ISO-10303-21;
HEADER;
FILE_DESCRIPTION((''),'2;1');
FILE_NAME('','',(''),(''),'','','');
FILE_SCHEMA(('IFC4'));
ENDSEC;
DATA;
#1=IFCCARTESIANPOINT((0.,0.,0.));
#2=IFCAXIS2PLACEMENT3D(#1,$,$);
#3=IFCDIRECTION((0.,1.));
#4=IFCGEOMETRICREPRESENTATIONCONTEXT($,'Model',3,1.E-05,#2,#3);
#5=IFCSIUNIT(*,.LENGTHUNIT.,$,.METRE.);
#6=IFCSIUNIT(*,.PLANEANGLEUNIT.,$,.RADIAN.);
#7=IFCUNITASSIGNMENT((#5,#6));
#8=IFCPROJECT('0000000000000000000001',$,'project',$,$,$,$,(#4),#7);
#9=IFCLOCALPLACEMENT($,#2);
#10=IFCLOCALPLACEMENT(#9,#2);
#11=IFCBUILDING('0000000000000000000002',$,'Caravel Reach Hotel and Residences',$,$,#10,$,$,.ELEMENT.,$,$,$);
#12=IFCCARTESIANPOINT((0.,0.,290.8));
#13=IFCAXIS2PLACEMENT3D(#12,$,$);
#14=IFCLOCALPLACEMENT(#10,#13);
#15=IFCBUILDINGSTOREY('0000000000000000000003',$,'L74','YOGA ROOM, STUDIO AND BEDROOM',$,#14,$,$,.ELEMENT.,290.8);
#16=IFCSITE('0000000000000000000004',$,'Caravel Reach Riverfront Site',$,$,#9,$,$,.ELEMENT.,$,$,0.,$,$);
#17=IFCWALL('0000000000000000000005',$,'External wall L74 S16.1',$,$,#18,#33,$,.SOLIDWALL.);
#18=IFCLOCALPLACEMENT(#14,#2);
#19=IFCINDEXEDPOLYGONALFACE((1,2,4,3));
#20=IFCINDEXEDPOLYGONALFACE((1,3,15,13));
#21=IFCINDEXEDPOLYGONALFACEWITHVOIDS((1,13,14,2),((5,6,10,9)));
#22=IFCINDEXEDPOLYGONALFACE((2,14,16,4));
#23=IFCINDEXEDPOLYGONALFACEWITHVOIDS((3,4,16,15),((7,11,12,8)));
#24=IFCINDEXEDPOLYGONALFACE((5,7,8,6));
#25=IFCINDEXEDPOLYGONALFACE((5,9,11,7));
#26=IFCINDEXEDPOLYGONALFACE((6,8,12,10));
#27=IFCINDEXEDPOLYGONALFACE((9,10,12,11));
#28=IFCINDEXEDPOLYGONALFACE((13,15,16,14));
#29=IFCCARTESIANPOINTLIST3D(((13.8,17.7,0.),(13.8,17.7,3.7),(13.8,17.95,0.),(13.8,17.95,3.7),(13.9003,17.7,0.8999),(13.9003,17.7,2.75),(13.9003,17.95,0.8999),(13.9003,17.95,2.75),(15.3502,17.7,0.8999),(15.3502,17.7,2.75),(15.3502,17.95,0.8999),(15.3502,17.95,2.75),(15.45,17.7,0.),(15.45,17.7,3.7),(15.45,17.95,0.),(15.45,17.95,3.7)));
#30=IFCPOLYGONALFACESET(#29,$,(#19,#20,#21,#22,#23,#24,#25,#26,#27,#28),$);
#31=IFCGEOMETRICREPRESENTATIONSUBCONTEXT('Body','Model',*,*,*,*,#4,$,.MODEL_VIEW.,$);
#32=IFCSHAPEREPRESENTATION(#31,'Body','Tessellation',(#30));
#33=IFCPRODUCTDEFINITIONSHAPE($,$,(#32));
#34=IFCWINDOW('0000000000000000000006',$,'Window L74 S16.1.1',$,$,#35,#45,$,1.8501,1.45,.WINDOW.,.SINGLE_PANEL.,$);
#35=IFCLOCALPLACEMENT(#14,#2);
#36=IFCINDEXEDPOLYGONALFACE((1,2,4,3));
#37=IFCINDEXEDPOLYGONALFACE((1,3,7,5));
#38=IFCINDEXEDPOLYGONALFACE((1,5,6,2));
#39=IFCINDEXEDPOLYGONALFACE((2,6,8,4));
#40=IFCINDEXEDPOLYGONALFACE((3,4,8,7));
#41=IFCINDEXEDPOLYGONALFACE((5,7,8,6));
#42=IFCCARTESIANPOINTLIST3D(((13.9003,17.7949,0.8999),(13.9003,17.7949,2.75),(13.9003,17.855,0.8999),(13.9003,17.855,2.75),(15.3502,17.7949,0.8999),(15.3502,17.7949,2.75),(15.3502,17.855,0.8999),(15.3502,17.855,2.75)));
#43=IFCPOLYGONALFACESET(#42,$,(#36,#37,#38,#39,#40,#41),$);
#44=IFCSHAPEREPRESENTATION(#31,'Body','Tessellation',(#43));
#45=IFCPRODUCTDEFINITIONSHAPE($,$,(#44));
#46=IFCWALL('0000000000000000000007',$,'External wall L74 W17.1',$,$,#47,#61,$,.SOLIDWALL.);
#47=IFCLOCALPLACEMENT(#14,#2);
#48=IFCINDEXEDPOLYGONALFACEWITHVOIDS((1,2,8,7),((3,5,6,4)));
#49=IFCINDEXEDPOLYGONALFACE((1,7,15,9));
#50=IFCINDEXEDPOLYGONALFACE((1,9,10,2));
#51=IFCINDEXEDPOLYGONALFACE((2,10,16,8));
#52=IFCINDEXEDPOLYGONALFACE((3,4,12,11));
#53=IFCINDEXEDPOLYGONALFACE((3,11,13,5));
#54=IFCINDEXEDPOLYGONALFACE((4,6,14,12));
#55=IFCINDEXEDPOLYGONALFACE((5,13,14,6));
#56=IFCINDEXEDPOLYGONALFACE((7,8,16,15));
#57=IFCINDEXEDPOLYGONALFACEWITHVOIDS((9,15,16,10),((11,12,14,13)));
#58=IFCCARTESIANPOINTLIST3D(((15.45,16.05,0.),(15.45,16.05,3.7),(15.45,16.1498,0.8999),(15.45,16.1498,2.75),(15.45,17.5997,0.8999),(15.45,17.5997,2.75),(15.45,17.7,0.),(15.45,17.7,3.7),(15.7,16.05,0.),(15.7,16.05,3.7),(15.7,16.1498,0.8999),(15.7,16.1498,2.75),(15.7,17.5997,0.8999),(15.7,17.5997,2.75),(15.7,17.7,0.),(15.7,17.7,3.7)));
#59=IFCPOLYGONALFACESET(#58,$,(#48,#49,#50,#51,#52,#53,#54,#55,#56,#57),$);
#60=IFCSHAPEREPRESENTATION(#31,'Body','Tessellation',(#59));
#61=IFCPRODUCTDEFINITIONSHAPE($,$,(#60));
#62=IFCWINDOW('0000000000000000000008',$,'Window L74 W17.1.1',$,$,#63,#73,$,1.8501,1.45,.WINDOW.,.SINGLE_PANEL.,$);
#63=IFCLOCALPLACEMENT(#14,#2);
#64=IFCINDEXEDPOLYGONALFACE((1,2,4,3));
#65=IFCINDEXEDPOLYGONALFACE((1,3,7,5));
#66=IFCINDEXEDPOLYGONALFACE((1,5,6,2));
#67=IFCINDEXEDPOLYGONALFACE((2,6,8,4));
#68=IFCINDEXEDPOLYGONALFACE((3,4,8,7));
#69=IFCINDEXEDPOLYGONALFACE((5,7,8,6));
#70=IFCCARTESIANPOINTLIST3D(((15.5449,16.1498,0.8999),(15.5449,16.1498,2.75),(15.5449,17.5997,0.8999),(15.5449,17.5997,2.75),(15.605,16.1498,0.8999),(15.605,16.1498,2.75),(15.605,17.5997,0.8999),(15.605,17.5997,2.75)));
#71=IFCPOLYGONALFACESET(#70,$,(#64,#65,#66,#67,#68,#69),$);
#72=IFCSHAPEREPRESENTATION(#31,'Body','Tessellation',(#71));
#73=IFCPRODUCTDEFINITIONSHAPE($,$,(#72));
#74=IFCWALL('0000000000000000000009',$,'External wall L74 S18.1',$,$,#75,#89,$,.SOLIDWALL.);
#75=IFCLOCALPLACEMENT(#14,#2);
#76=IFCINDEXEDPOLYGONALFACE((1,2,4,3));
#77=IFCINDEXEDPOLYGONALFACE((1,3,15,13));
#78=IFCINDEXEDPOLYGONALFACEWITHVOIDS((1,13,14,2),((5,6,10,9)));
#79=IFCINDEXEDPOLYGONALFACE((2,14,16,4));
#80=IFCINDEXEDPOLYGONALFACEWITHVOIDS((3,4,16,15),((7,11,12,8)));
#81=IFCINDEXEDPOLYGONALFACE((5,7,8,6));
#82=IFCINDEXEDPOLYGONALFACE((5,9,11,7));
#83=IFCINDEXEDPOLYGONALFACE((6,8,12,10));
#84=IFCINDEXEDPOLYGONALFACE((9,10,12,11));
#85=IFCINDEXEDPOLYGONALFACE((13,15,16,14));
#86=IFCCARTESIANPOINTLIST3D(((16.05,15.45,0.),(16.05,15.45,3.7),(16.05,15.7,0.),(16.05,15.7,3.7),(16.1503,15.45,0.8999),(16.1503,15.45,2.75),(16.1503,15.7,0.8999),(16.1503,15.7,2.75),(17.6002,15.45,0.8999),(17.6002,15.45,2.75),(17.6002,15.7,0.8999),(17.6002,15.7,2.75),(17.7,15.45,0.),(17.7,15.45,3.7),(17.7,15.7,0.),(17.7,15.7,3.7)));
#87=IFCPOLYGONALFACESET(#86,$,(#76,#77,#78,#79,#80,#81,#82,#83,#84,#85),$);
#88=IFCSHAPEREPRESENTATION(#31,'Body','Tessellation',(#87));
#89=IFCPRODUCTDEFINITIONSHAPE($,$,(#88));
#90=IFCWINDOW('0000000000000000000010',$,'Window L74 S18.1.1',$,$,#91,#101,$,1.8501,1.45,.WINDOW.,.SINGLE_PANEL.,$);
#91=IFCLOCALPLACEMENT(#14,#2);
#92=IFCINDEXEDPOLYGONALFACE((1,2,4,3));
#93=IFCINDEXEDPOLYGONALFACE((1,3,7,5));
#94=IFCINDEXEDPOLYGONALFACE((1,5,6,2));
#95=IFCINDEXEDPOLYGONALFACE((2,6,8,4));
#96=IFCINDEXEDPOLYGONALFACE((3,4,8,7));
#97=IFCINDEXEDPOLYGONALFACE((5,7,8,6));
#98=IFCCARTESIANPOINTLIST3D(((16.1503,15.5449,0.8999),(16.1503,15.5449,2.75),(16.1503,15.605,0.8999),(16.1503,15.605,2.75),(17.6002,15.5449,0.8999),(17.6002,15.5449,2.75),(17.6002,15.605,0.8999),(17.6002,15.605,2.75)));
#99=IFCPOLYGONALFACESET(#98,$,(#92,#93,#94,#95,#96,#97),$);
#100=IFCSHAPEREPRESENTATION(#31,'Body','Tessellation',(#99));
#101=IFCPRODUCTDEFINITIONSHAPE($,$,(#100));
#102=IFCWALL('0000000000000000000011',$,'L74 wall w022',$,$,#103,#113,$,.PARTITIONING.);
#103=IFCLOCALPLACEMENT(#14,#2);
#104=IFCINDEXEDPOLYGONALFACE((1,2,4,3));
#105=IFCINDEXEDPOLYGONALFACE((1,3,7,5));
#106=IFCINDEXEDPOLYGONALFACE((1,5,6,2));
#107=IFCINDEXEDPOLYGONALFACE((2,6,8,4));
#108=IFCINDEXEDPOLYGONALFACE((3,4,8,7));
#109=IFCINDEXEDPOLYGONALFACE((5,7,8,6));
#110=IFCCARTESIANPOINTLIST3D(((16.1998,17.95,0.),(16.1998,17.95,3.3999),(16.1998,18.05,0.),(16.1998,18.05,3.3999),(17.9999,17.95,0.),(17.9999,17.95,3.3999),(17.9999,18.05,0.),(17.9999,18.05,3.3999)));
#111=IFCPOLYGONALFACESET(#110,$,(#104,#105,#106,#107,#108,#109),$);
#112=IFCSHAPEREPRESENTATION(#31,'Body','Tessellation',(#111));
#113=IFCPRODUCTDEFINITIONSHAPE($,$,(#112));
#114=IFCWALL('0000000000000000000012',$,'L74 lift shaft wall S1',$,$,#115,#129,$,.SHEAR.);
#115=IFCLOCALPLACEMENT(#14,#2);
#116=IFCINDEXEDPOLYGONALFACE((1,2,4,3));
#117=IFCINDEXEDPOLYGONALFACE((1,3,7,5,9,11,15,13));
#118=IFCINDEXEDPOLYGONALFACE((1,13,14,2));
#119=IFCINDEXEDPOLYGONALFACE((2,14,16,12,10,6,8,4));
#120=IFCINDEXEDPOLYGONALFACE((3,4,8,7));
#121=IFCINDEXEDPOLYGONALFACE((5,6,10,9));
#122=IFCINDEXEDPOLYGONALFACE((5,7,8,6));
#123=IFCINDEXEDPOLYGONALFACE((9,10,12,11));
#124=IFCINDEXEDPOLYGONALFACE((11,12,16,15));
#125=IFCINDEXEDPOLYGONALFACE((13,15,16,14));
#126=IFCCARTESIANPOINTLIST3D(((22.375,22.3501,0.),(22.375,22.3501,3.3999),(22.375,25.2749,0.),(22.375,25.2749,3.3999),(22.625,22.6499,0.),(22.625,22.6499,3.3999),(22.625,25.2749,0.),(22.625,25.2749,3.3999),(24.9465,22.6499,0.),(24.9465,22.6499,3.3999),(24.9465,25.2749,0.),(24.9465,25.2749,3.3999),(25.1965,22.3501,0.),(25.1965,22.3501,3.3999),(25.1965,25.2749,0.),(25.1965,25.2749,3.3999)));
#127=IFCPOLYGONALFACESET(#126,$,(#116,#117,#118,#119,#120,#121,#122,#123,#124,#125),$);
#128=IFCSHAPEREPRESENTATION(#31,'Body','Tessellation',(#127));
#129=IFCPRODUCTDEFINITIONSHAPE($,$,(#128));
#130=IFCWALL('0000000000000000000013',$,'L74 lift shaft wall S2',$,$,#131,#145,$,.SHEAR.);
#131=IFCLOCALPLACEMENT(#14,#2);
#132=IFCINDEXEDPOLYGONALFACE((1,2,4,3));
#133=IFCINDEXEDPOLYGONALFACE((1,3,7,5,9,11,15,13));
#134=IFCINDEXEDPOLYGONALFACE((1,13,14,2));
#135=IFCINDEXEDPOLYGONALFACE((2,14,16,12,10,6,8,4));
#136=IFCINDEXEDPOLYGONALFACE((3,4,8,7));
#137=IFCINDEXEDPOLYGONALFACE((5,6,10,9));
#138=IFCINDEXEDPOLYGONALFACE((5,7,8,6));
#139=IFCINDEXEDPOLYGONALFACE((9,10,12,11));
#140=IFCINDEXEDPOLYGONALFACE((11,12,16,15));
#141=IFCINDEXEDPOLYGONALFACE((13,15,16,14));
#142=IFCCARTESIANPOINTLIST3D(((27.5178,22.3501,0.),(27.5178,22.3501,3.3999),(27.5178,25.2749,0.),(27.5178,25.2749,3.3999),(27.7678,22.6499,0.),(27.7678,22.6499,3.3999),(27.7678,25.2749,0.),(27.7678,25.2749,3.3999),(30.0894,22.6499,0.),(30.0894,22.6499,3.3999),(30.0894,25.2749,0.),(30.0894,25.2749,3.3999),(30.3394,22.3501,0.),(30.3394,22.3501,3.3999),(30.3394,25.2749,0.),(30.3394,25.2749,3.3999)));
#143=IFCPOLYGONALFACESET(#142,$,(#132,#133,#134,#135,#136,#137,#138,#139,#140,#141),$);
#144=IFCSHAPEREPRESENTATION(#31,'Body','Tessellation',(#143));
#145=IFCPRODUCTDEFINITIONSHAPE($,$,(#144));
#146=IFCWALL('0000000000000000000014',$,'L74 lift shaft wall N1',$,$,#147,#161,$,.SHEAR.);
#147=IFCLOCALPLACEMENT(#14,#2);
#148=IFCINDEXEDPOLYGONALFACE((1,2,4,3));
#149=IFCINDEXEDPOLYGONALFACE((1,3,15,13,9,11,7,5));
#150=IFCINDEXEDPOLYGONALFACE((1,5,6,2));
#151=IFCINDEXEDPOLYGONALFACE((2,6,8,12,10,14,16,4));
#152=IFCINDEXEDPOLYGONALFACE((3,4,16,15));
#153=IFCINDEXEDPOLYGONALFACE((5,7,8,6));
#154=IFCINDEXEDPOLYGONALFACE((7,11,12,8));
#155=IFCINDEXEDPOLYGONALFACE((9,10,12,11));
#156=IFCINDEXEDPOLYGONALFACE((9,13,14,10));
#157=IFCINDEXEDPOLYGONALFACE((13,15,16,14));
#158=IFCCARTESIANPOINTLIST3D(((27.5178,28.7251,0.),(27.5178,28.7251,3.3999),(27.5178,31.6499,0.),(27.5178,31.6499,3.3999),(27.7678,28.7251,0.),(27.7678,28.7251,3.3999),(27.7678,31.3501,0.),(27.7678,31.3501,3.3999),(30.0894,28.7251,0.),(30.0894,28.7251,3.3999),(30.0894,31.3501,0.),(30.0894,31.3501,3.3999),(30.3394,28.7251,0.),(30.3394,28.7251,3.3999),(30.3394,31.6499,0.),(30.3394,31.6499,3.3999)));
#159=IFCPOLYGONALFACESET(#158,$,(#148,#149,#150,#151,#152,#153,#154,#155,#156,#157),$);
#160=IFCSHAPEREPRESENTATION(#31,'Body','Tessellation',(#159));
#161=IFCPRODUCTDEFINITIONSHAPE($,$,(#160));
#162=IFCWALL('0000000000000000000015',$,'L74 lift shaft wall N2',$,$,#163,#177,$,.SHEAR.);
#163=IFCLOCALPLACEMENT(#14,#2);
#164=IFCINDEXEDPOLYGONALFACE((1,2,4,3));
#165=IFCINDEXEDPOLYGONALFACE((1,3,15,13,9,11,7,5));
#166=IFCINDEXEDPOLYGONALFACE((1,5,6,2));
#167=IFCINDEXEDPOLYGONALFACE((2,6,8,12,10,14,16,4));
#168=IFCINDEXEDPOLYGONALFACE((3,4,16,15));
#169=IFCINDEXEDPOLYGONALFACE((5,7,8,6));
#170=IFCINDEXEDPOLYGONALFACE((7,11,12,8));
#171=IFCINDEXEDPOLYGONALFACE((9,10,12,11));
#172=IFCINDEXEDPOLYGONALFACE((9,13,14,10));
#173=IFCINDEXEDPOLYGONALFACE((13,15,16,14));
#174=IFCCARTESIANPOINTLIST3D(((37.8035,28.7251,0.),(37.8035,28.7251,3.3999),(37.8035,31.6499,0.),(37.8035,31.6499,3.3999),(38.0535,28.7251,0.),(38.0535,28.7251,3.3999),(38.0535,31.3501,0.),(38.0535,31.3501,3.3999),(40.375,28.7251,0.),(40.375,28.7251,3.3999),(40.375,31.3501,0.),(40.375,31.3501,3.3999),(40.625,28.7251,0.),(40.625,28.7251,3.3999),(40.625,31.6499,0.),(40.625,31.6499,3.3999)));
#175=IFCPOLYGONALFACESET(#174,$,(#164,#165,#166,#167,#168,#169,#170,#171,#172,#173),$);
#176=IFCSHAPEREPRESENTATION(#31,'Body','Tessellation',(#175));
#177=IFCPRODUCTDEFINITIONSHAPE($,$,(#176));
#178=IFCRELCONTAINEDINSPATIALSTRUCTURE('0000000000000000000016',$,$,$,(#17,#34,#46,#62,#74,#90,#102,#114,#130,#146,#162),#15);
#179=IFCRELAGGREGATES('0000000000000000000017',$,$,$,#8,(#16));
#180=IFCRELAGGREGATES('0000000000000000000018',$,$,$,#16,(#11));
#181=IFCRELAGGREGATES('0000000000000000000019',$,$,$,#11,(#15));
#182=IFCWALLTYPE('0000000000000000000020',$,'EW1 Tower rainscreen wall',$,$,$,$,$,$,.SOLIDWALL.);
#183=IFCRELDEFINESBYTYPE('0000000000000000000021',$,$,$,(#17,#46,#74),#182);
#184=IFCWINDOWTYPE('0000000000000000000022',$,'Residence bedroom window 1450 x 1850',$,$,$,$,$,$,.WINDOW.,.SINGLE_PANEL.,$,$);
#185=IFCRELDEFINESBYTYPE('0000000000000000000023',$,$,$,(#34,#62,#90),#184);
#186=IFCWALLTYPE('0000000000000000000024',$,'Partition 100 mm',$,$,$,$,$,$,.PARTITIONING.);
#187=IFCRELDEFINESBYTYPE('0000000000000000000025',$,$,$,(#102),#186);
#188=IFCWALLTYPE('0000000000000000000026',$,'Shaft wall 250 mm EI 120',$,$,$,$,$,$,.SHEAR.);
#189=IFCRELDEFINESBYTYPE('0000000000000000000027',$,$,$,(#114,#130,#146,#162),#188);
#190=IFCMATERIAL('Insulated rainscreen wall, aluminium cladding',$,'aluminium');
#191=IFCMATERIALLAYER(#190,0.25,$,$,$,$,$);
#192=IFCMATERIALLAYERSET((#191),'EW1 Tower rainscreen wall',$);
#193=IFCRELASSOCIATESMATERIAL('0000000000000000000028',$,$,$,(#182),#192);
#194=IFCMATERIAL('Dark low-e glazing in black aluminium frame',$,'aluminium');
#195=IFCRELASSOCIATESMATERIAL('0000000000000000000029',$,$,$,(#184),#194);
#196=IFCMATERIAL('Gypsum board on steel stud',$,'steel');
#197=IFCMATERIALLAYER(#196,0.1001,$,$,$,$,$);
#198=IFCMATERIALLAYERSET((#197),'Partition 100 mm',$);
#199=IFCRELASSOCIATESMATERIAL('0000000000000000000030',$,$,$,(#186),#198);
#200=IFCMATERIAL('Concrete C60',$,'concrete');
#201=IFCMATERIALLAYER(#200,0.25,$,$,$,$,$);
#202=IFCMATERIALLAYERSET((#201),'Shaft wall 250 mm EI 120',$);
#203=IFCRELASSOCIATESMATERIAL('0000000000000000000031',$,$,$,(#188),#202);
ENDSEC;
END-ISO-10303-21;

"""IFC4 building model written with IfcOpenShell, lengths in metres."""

from ifc_helpers import new_model, si_unit, direction, frame, frame_2d, origin, place, context, subcontext, project, spatial, polyline, rectangle, outline, extrude, material, layer, layer_set, type_object, element, fill, save


model = new_model("IFC4")

# Units and contexts
model_context = context("Model", 3, precision=1e-05, world=origin(), true_north=direction((0.0, 1.0)))
body_context = subcontext(model_context, "Body", "Model", "MODEL_VIEW")
ifc_project = project(units=[si_unit("LENGTHUNIT", "METRE"), si_unit("PLANEANGLEUNIT", "RADIAN")], contexts=[model_context])

# Site, building, storey
site_placement = place(None, origin())
site = spatial("IfcSite", under=ifc_project, at=site_placement, Name="Caravel Reach Riverfront Site", CompositionType="ELEMENT", RefElevation=0.0)
building_placement = place(site_placement, origin())
building = spatial("IfcBuilding", under=site, at=building_placement, Name="Caravel Reach Hotel and Residences", CompositionType="ELEMENT")
storey_placement = place(building_placement, frame((0.0, 0.0, 290.8)))
storey = spatial("IfcBuildingStorey", under=building, at=storey_placement, Name="L74", Description="YOGA ROOM, STUDIO AND BEDROOM", CompositionType="ELEMENT", Elevation=290.8)

# Walls, openings, windows
ifc_material_1 = material(Name="Insulated rainscreen wall, aluminium cladding", Category="aluminium")
ifc_layer_1 = layer(ifc_material_1, 0.25)
ifc_layer_set_1 = layer_set([ifc_layer_1], Name="EW1 Tower rainscreen wall")
wall_type_1 = type_object("IfcWallType", Name="EW1 Tower rainscreen wall", PredefinedType="SOLIDWALL", material=ifc_layer_set_1)
wall_1_placement = place(storey_placement, frame((13.8, 17.825, 0.0), z_axis=(0.0, 0.0, 1.0), x_axis=(1.0, 0.0, 0.0)))
wall_1 = element("IfcWall", 1, at=wall_1_placement, inside=storey, type_object=wall_type_1, Name="External wall L74 S16.1", PredefinedType="SOLIDWALL", context=body_context, shape_type="SweptSolid", body=[
    extrude(rectangle(XDim=1.6499, YDim=0.25, at=frame_2d((0.825, 0.0))), origin(), (0.0, 0.0, 1.0), 3.7),
])
opening_1_placement = place(wall_1_placement, frame((0.1001, 0.0, 0.8999)))
opening_1 = element("IfcOpeningElement", 2, at=opening_1_placement, cuts=wall_1, PredefinedType="OPENING", context=body_context, shape_type="SweptSolid", body=[
    extrude(rectangle(XDim=1.45, YDim=1.8501, at=frame_2d((0.7251, 0.925))), frame((0.0, 0.135, 0.0), z_axis=(0.0, -1.0, 0.0), x_axis=(1.0, 0.0, 0.0)), (0.0, 0.0, 1.0), 0.27),
])
ifc_material_2 = material(Name="Dark low-e glazing in black aluminium frame", Category="aluminium")
window_type = type_object("IfcWindowType", Name="Residence bedroom window 1450 x 1850", PartitioningType="SINGLE_PANEL", PredefinedType="WINDOW", material=ifc_material_2)
window_1_placement = place(opening_1_placement, origin())
window_1 = element("IfcWindow", 3, at=window_1_placement, inside=storey, type_object=window_type, Name="Window L74 S16.1.1", OverallHeight=1.8501, OverallWidth=1.45, PartitioningType="SINGLE_PANEL", PredefinedType="WINDOW", context=body_context, shape_type="SweptSolid", body=[
    extrude(rectangle(XDim=1.45, YDim=1.8501, at=frame_2d((0.7251, 0.925))), frame((0.0, 0.03, 0.0), z_axis=(0.0, -1.0, 0.0), x_axis=(1.0, 0.0, 0.0)), (0.0, 0.0, 1.0), 0.0601),
])
fill(opening_1, window_1)
wall_2_placement = place(storey_placement, frame((15.575, 17.7, 0.0), z_axis=(0.0, 0.0, 1.0), x_axis=(0.0, -1.0, 0.0)))
wall_2 = element("IfcWall", 4, at=wall_2_placement, inside=storey, type_object=wall_type_1, Name="External wall L74 W17.1", PredefinedType="SOLIDWALL", context=body_context, shape_type="SweptSolid", body=[
    extrude(rectangle(XDim=1.6499, YDim=0.25, at=frame_2d((0.825, 0.0))), origin(), (0.0, 0.0, 1.0), 3.7),
])
opening_2_placement = place(wall_2_placement, frame((0.1001, 0.0, 0.8999)))
opening_2 = element("IfcOpeningElement", 5, at=opening_2_placement, cuts=wall_2, PredefinedType="OPENING", context=body_context, shape_type="SweptSolid", body=[
    extrude(rectangle(XDim=1.45, YDim=1.8501, at=frame_2d((0.7251, 0.925))), frame((0.0, 0.135, 0.0), z_axis=(0.0, -1.0, 0.0), x_axis=(1.0, 0.0, 0.0)), (0.0, 0.0, 1.0), 0.27),
])
window_2_placement = place(opening_2_placement, origin())
window_2 = element("IfcWindow", 6, at=window_2_placement, inside=storey, type_object=window_type, Name="Window L74 W17.1.1", OverallHeight=1.8501, OverallWidth=1.45, PartitioningType="SINGLE_PANEL", PredefinedType="WINDOW", context=body_context, shape_type="SweptSolid", body=[
    extrude(rectangle(XDim=1.45, YDim=1.8501, at=frame_2d((0.7251, 0.925))), frame((0.0, 0.03, 0.0), z_axis=(0.0, -1.0, 0.0), x_axis=(1.0, 0.0, 0.0)), (0.0, 0.0, 1.0), 0.0601),
])
fill(opening_2, window_2)
wall_3_placement = place(storey_placement, frame((16.05, 15.575, 0.0), z_axis=(0.0, 0.0, 1.0), x_axis=(1.0, 0.0, 0.0)))
wall_3 = element("IfcWall", 7, at=wall_3_placement, inside=storey, type_object=wall_type_1, Name="External wall L74 S18.1", PredefinedType="SOLIDWALL", context=body_context, shape_type="SweptSolid", body=[
    extrude(rectangle(XDim=1.6499, YDim=0.25, at=frame_2d((0.825, 0.0))), origin(), (0.0, 0.0, 1.0), 3.7),
])
opening_3_placement = place(wall_3_placement, frame((0.1001, 0.0, 0.8999)))
opening_3 = element("IfcOpeningElement", 8, at=opening_3_placement, cuts=wall_3, PredefinedType="OPENING", context=body_context, shape_type="SweptSolid", body=[
    extrude(rectangle(XDim=1.45, YDim=1.8501, at=frame_2d((0.7251, 0.925))), frame((0.0, 0.135, 0.0), z_axis=(0.0, -1.0, 0.0), x_axis=(1.0, 0.0, 0.0)), (0.0, 0.0, 1.0), 0.27),
])
window_3_placement = place(opening_3_placement, origin())
window_3 = element("IfcWindow", 9, at=window_3_placement, inside=storey, type_object=window_type, Name="Window L74 S18.1.1", OverallHeight=1.8501, OverallWidth=1.45, PartitioningType="SINGLE_PANEL", PredefinedType="WINDOW", context=body_context, shape_type="SweptSolid", body=[
    extrude(rectangle(XDim=1.45, YDim=1.8501, at=frame_2d((0.7251, 0.925))), frame((0.0, 0.03, 0.0), z_axis=(0.0, -1.0, 0.0), x_axis=(1.0, 0.0, 0.0)), (0.0, 0.0, 1.0), 0.0601),
])
fill(opening_3, window_3)

# Walls
ifc_material_3 = material(Name="Gypsum board on steel stud", Category="steel")
ifc_layer_2 = layer(ifc_material_3, 0.1001)
ifc_layer_set_2 = layer_set([ifc_layer_2], Name="Partition 100 mm")
wall_type_2 = type_object("IfcWallType", Name="Partition 100 mm", PredefinedType="PARTITIONING", material=ifc_layer_set_2)
wall_4_placement = place(storey_placement, frame((16.2, 18.0, 0.0), z_axis=(0.0, 0.0, 1.0), x_axis=(1.0, 0.0, 0.0)))
element("IfcWall", 10, at=wall_4_placement, inside=storey, type_object=wall_type_2, Name="L74 wall w022", PredefinedType="PARTITIONING", context=body_context, shape_type="SweptSolid", body=[
    extrude(rectangle(XDim=1.8, YDim=0.1001, at=frame_2d((0.8999, 0.0))), origin(), (0.0, 0.0, 1.0), 3.3999),
])
ifc_material_4 = material(Name="Concrete C60", Category="concrete")
ifc_layer_3 = layer(ifc_material_4, 0.25)
ifc_layer_set_3 = layer_set([ifc_layer_3], Name="Shaft wall 250 mm EI 120")
wall_type_3 = type_object("IfcWallType", Name="Shaft wall 250 mm EI 120", PredefinedType="SHEAR", material=ifc_layer_set_3)
wall_5_placement = place(storey_placement, origin())
element("IfcWall", 11, at=wall_5_placement, inside=storey, type_object=wall_type_3, Name="L74 lift shaft wall S1", PredefinedType="SHEAR", context=body_context, shape_type="SweptSolid", body=[
    extrude(outline(polyline([(22.375, 22.3501), (25.1965, 22.3501), (25.1965, 25.2749), (24.9465, 25.2749), (24.9465, 22.6499), (22.625, 22.6499), (22.625, 25.2749), (22.375, 25.2749), (22.375, 22.3501)])), origin(), (0.0, 0.0, 1.0), 3.3999),
])
wall_6_placement = place(storey_placement, origin())
element("IfcWall", 12, at=wall_6_placement, inside=storey, type_object=wall_type_3, Name="L74 lift shaft wall S2", PredefinedType="SHEAR", context=body_context, shape_type="SweptSolid", body=[
    extrude(outline(polyline([(27.5178, 22.3501), (30.3394, 22.3501), (30.3394, 25.2749), (30.0894, 25.2749), (30.0894, 22.6499), (27.7678, 22.6499), (27.7678, 25.2749), (27.5178, 25.2749), (27.5178, 22.3501)])), origin(), (0.0, 0.0, 1.0), 3.3999),
])
wall_7_placement = place(storey_placement, origin())
element("IfcWall", 13, at=wall_7_placement, inside=storey, type_object=wall_type_3, Name="L74 lift shaft wall N1", PredefinedType="SHEAR", context=body_context, shape_type="SweptSolid", body=[
    extrude(outline(polyline([(27.5178, 28.7251), (27.7678, 28.7251), (27.7678, 31.3501), (30.0894, 31.3501), (30.0894, 28.7251), (30.3394, 28.7251), (30.3394, 31.6499), (27.5178, 31.6499), (27.5178, 28.7251)])), origin(), (0.0, 0.0, 1.0), 3.3999),
])
wall_8_placement = place(storey_placement, origin())
element("IfcWall", 14, at=wall_8_placement, inside=storey, type_object=wall_type_3, Name="L74 lift shaft wall N2", PredefinedType="SHEAR", context=body_context, shape_type="SweptSolid", body=[
    extrude(outline(polyline([(37.8035, 28.7251), (38.0535, 28.7251), (38.0535, 31.3501), (40.375, 31.3501), (40.375, 28.7251), (40.625, 28.7251), (40.625, 31.6499), (37.8035, 31.6499), (37.8035, 28.7251)])), origin(), (0.0, 0.0, 1.0), 3.3999),
])

save(model, "model.ifc")
